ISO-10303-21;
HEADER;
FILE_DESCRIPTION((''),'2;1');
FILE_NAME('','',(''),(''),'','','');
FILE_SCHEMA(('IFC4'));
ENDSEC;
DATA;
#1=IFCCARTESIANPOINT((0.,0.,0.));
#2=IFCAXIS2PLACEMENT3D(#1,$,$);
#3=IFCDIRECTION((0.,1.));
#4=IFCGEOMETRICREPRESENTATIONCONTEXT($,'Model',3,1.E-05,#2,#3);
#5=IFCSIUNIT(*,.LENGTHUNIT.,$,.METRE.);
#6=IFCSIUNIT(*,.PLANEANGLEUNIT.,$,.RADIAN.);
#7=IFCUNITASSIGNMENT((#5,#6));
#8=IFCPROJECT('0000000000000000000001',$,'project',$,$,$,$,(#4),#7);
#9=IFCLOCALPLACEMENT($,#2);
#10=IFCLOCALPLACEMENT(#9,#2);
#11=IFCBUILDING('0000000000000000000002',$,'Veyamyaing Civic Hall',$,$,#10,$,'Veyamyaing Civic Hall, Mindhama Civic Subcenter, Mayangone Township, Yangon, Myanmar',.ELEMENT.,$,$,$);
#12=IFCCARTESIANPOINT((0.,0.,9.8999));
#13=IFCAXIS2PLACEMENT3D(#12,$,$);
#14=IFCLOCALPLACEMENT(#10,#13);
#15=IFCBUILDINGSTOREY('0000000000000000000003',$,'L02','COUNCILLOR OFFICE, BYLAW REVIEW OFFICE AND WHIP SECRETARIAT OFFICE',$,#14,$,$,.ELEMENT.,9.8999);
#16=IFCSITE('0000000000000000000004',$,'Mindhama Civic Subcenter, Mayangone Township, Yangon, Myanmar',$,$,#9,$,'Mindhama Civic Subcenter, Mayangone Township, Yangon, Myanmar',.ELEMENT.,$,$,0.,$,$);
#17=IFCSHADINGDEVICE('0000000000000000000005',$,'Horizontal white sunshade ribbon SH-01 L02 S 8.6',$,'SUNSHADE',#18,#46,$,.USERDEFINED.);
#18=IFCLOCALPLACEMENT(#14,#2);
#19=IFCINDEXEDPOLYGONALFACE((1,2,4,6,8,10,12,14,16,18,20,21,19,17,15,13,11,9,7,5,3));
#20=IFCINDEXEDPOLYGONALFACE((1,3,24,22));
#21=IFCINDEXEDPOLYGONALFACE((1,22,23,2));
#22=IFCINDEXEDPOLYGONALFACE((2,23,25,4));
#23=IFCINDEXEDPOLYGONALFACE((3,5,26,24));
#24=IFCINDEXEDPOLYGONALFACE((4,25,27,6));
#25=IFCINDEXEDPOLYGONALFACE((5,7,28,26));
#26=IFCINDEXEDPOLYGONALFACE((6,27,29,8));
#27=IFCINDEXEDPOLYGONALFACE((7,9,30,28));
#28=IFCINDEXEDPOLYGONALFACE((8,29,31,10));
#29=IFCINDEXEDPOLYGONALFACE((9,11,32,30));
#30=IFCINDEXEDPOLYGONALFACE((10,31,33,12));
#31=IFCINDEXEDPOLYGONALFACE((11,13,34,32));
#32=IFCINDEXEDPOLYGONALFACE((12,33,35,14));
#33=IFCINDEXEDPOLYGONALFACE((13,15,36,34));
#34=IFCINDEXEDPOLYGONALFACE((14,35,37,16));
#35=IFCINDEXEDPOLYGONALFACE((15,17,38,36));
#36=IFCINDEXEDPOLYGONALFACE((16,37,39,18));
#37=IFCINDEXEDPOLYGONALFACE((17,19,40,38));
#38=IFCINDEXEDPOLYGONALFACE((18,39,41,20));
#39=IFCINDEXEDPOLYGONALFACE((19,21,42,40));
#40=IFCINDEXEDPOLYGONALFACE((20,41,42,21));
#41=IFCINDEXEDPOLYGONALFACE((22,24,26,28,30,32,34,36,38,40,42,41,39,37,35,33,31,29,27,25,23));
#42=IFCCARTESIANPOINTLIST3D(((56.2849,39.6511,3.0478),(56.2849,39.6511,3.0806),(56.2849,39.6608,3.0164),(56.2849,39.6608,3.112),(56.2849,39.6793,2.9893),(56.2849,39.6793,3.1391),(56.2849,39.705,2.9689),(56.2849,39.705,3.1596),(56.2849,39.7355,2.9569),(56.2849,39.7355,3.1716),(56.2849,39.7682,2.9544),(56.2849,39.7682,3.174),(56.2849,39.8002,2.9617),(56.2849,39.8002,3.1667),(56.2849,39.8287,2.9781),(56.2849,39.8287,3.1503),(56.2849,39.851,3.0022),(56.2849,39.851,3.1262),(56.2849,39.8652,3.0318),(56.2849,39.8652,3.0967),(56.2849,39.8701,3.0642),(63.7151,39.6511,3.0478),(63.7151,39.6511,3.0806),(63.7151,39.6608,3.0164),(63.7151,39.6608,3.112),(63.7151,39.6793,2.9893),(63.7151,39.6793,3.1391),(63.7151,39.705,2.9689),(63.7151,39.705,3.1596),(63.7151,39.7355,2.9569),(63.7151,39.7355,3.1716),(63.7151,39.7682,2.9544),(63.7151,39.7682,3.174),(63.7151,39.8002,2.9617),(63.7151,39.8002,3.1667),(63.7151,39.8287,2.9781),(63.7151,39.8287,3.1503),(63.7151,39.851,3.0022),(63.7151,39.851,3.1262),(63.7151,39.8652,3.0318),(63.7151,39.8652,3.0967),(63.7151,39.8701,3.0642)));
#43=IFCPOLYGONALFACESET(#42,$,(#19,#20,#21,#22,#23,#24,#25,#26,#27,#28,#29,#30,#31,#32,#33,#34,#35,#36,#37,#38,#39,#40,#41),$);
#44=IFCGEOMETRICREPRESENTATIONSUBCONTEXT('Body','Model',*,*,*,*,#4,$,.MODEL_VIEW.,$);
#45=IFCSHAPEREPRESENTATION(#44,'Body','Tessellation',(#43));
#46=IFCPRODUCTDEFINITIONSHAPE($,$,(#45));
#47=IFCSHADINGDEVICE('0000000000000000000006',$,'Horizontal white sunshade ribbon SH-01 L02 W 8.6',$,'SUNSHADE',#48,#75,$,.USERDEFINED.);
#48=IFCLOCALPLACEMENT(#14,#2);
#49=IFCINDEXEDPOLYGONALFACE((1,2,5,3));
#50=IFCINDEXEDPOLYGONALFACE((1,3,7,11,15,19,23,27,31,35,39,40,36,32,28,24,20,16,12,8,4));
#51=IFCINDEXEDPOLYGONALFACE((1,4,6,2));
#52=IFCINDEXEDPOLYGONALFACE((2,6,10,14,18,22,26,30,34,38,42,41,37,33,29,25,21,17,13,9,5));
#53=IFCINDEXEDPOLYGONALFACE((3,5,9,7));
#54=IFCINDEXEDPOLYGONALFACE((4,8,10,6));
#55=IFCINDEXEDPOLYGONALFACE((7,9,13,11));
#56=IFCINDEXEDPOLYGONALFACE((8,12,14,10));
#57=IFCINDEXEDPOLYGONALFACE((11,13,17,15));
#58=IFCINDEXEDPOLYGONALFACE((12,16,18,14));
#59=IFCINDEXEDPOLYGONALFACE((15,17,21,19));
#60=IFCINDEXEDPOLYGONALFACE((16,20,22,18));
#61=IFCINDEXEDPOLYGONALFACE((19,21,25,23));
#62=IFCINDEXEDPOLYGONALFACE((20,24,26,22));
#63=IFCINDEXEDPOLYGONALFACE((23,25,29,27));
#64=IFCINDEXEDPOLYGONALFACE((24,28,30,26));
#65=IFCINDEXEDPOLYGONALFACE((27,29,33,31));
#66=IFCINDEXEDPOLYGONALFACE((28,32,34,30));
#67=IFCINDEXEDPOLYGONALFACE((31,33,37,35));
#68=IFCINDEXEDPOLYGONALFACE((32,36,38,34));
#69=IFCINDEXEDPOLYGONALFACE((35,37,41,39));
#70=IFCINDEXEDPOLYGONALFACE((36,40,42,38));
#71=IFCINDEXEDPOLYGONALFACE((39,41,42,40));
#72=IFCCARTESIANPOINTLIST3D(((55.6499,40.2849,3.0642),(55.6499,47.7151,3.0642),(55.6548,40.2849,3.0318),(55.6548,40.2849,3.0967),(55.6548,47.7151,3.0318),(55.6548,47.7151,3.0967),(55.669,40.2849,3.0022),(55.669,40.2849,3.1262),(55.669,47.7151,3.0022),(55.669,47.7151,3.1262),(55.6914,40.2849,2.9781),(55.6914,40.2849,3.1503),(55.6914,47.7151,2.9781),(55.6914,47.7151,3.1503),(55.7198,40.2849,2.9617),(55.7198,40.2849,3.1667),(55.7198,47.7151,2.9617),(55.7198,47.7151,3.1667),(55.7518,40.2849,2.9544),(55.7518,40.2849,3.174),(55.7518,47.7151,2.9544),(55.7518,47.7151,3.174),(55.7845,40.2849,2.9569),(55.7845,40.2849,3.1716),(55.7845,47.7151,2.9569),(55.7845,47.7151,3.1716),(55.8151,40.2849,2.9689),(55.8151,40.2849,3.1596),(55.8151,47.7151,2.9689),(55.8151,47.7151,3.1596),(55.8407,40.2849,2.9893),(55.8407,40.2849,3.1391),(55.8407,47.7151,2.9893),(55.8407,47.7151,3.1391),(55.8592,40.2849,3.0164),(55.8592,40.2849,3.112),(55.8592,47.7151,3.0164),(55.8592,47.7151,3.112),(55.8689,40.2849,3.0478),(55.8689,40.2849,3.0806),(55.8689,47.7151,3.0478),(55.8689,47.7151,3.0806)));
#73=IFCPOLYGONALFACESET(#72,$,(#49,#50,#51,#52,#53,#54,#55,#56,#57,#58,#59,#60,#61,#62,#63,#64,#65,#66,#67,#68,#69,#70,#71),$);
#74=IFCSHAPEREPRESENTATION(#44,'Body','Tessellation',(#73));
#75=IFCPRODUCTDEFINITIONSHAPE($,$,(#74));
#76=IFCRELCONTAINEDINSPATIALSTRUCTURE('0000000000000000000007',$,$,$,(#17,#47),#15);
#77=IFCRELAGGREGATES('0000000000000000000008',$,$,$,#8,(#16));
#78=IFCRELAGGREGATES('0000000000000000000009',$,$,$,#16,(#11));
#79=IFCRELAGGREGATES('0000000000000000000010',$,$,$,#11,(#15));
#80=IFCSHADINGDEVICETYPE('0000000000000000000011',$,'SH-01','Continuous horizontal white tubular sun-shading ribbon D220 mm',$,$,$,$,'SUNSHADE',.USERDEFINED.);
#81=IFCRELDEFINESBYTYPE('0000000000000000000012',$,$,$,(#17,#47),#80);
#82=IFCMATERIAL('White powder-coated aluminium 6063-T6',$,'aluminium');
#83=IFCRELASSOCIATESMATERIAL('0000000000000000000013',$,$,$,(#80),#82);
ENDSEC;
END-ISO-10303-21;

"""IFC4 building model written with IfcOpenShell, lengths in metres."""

from ifc_helpers import new_model, si_unit, direction, frame, origin, origin_2d, place, context, subcontext, project, spatial, circle, extrude, material, material_profile, profile_set, type_object, element, save


model = new_model("IFC4")

# Units and contexts
model_context = context("Model", 3, precision=1e-05, world=origin(), true_north=direction((0.0, 1.0)))
body_context = subcontext(model_context, "Body", "Model", "MODEL_VIEW")
ifc_project = project(units=[si_unit("LENGTHUNIT", "METRE"), si_unit("PLANEANGLEUNIT", "RADIAN")], contexts=[model_context])

# Site, building, storey
site_placement = place(None, origin())
site = spatial("IfcSite", under=ifc_project, at=site_placement, Name="Mindhama Civic Subcenter, Mayangone Township, Yangon, Myanmar", LongName="Mindhama Civic Subcenter, Mayangone Township, Yangon, Myanmar", CompositionType="ELEMENT", RefElevation=0.0)
building_placement = place(site_placement, origin())
building = spatial("IfcBuilding", under=site, at=building_placement, Name="Veyamyaing Civic Hall", LongName="Veyamyaing Civic Hall, Mindhama Civic Subcenter, Mayangone Township, Yangon, Myanmar", CompositionType="ELEMENT")
storey_placement = place(building_placement, frame((0.0, 0.0, 9.8999)))
storey = spatial("IfcBuildingStorey", under=building, at=storey_placement, Name="L02", Description="COUNCILLOR OFFICE, BYLAW REVIEW OFFICE AND WHIP SECRETARIAT OFFICE", CompositionType="ELEMENT", Elevation=9.8999)

# Shading devices
ifc_material_1 = material(Name="White powder-coated aluminium 6063-T6", Category="aluminium")
ifc_material_profile_1 = material_profile(ifc_material_1, circle(Radius=0.1101, at=origin_2d()), Name="SHADE-TUBE-220")
ifc_profile_set_1 = profile_set([ifc_material_profile_1], Name="White powder-coated aluminium 6063-T6")
shading_device_type = type_object("IfcShadingDeviceType", Name="SH-01", Description="Continuous horizontal white tubular sun-shading ribbon D220 mm", ElementType="SUNSHADE", PredefinedType="USERDEFINED", material=ifc_profile_set_1)
for number, where, z_axis, x_axis, name in (
    (1, (56.2849, 39.76, 3.0642), (1.0, 0.0, 0.0), (0.0, 1.0, 0.0), "Horizontal white sunshade ribbon SH-01 L02 S 8.6"),
    (2, (55.76, 40.2849, 3.0642), (0.0, 1.0, 0.0), (-1.0, 0.0, 0.0), "Horizontal white sunshade ribbon SH-01 L02 W 8.6"),
):
    element("IfcShadingDevice", number, at=place(storey_placement, frame(where, z_axis=z_axis, x_axis=x_axis)), inside=storey, type_object=shading_device_type, Name=name, ObjectType="SUNSHADE", PredefinedType="USERDEFINED", context=body_context, shape_type="SweptSolid", body=[
        extrude(circle(Radius=0.1101, at=origin_2d()), origin(), (0.0, 0.0, 1.0), 7.4302),
    ])

save(model, "model.ifc")
